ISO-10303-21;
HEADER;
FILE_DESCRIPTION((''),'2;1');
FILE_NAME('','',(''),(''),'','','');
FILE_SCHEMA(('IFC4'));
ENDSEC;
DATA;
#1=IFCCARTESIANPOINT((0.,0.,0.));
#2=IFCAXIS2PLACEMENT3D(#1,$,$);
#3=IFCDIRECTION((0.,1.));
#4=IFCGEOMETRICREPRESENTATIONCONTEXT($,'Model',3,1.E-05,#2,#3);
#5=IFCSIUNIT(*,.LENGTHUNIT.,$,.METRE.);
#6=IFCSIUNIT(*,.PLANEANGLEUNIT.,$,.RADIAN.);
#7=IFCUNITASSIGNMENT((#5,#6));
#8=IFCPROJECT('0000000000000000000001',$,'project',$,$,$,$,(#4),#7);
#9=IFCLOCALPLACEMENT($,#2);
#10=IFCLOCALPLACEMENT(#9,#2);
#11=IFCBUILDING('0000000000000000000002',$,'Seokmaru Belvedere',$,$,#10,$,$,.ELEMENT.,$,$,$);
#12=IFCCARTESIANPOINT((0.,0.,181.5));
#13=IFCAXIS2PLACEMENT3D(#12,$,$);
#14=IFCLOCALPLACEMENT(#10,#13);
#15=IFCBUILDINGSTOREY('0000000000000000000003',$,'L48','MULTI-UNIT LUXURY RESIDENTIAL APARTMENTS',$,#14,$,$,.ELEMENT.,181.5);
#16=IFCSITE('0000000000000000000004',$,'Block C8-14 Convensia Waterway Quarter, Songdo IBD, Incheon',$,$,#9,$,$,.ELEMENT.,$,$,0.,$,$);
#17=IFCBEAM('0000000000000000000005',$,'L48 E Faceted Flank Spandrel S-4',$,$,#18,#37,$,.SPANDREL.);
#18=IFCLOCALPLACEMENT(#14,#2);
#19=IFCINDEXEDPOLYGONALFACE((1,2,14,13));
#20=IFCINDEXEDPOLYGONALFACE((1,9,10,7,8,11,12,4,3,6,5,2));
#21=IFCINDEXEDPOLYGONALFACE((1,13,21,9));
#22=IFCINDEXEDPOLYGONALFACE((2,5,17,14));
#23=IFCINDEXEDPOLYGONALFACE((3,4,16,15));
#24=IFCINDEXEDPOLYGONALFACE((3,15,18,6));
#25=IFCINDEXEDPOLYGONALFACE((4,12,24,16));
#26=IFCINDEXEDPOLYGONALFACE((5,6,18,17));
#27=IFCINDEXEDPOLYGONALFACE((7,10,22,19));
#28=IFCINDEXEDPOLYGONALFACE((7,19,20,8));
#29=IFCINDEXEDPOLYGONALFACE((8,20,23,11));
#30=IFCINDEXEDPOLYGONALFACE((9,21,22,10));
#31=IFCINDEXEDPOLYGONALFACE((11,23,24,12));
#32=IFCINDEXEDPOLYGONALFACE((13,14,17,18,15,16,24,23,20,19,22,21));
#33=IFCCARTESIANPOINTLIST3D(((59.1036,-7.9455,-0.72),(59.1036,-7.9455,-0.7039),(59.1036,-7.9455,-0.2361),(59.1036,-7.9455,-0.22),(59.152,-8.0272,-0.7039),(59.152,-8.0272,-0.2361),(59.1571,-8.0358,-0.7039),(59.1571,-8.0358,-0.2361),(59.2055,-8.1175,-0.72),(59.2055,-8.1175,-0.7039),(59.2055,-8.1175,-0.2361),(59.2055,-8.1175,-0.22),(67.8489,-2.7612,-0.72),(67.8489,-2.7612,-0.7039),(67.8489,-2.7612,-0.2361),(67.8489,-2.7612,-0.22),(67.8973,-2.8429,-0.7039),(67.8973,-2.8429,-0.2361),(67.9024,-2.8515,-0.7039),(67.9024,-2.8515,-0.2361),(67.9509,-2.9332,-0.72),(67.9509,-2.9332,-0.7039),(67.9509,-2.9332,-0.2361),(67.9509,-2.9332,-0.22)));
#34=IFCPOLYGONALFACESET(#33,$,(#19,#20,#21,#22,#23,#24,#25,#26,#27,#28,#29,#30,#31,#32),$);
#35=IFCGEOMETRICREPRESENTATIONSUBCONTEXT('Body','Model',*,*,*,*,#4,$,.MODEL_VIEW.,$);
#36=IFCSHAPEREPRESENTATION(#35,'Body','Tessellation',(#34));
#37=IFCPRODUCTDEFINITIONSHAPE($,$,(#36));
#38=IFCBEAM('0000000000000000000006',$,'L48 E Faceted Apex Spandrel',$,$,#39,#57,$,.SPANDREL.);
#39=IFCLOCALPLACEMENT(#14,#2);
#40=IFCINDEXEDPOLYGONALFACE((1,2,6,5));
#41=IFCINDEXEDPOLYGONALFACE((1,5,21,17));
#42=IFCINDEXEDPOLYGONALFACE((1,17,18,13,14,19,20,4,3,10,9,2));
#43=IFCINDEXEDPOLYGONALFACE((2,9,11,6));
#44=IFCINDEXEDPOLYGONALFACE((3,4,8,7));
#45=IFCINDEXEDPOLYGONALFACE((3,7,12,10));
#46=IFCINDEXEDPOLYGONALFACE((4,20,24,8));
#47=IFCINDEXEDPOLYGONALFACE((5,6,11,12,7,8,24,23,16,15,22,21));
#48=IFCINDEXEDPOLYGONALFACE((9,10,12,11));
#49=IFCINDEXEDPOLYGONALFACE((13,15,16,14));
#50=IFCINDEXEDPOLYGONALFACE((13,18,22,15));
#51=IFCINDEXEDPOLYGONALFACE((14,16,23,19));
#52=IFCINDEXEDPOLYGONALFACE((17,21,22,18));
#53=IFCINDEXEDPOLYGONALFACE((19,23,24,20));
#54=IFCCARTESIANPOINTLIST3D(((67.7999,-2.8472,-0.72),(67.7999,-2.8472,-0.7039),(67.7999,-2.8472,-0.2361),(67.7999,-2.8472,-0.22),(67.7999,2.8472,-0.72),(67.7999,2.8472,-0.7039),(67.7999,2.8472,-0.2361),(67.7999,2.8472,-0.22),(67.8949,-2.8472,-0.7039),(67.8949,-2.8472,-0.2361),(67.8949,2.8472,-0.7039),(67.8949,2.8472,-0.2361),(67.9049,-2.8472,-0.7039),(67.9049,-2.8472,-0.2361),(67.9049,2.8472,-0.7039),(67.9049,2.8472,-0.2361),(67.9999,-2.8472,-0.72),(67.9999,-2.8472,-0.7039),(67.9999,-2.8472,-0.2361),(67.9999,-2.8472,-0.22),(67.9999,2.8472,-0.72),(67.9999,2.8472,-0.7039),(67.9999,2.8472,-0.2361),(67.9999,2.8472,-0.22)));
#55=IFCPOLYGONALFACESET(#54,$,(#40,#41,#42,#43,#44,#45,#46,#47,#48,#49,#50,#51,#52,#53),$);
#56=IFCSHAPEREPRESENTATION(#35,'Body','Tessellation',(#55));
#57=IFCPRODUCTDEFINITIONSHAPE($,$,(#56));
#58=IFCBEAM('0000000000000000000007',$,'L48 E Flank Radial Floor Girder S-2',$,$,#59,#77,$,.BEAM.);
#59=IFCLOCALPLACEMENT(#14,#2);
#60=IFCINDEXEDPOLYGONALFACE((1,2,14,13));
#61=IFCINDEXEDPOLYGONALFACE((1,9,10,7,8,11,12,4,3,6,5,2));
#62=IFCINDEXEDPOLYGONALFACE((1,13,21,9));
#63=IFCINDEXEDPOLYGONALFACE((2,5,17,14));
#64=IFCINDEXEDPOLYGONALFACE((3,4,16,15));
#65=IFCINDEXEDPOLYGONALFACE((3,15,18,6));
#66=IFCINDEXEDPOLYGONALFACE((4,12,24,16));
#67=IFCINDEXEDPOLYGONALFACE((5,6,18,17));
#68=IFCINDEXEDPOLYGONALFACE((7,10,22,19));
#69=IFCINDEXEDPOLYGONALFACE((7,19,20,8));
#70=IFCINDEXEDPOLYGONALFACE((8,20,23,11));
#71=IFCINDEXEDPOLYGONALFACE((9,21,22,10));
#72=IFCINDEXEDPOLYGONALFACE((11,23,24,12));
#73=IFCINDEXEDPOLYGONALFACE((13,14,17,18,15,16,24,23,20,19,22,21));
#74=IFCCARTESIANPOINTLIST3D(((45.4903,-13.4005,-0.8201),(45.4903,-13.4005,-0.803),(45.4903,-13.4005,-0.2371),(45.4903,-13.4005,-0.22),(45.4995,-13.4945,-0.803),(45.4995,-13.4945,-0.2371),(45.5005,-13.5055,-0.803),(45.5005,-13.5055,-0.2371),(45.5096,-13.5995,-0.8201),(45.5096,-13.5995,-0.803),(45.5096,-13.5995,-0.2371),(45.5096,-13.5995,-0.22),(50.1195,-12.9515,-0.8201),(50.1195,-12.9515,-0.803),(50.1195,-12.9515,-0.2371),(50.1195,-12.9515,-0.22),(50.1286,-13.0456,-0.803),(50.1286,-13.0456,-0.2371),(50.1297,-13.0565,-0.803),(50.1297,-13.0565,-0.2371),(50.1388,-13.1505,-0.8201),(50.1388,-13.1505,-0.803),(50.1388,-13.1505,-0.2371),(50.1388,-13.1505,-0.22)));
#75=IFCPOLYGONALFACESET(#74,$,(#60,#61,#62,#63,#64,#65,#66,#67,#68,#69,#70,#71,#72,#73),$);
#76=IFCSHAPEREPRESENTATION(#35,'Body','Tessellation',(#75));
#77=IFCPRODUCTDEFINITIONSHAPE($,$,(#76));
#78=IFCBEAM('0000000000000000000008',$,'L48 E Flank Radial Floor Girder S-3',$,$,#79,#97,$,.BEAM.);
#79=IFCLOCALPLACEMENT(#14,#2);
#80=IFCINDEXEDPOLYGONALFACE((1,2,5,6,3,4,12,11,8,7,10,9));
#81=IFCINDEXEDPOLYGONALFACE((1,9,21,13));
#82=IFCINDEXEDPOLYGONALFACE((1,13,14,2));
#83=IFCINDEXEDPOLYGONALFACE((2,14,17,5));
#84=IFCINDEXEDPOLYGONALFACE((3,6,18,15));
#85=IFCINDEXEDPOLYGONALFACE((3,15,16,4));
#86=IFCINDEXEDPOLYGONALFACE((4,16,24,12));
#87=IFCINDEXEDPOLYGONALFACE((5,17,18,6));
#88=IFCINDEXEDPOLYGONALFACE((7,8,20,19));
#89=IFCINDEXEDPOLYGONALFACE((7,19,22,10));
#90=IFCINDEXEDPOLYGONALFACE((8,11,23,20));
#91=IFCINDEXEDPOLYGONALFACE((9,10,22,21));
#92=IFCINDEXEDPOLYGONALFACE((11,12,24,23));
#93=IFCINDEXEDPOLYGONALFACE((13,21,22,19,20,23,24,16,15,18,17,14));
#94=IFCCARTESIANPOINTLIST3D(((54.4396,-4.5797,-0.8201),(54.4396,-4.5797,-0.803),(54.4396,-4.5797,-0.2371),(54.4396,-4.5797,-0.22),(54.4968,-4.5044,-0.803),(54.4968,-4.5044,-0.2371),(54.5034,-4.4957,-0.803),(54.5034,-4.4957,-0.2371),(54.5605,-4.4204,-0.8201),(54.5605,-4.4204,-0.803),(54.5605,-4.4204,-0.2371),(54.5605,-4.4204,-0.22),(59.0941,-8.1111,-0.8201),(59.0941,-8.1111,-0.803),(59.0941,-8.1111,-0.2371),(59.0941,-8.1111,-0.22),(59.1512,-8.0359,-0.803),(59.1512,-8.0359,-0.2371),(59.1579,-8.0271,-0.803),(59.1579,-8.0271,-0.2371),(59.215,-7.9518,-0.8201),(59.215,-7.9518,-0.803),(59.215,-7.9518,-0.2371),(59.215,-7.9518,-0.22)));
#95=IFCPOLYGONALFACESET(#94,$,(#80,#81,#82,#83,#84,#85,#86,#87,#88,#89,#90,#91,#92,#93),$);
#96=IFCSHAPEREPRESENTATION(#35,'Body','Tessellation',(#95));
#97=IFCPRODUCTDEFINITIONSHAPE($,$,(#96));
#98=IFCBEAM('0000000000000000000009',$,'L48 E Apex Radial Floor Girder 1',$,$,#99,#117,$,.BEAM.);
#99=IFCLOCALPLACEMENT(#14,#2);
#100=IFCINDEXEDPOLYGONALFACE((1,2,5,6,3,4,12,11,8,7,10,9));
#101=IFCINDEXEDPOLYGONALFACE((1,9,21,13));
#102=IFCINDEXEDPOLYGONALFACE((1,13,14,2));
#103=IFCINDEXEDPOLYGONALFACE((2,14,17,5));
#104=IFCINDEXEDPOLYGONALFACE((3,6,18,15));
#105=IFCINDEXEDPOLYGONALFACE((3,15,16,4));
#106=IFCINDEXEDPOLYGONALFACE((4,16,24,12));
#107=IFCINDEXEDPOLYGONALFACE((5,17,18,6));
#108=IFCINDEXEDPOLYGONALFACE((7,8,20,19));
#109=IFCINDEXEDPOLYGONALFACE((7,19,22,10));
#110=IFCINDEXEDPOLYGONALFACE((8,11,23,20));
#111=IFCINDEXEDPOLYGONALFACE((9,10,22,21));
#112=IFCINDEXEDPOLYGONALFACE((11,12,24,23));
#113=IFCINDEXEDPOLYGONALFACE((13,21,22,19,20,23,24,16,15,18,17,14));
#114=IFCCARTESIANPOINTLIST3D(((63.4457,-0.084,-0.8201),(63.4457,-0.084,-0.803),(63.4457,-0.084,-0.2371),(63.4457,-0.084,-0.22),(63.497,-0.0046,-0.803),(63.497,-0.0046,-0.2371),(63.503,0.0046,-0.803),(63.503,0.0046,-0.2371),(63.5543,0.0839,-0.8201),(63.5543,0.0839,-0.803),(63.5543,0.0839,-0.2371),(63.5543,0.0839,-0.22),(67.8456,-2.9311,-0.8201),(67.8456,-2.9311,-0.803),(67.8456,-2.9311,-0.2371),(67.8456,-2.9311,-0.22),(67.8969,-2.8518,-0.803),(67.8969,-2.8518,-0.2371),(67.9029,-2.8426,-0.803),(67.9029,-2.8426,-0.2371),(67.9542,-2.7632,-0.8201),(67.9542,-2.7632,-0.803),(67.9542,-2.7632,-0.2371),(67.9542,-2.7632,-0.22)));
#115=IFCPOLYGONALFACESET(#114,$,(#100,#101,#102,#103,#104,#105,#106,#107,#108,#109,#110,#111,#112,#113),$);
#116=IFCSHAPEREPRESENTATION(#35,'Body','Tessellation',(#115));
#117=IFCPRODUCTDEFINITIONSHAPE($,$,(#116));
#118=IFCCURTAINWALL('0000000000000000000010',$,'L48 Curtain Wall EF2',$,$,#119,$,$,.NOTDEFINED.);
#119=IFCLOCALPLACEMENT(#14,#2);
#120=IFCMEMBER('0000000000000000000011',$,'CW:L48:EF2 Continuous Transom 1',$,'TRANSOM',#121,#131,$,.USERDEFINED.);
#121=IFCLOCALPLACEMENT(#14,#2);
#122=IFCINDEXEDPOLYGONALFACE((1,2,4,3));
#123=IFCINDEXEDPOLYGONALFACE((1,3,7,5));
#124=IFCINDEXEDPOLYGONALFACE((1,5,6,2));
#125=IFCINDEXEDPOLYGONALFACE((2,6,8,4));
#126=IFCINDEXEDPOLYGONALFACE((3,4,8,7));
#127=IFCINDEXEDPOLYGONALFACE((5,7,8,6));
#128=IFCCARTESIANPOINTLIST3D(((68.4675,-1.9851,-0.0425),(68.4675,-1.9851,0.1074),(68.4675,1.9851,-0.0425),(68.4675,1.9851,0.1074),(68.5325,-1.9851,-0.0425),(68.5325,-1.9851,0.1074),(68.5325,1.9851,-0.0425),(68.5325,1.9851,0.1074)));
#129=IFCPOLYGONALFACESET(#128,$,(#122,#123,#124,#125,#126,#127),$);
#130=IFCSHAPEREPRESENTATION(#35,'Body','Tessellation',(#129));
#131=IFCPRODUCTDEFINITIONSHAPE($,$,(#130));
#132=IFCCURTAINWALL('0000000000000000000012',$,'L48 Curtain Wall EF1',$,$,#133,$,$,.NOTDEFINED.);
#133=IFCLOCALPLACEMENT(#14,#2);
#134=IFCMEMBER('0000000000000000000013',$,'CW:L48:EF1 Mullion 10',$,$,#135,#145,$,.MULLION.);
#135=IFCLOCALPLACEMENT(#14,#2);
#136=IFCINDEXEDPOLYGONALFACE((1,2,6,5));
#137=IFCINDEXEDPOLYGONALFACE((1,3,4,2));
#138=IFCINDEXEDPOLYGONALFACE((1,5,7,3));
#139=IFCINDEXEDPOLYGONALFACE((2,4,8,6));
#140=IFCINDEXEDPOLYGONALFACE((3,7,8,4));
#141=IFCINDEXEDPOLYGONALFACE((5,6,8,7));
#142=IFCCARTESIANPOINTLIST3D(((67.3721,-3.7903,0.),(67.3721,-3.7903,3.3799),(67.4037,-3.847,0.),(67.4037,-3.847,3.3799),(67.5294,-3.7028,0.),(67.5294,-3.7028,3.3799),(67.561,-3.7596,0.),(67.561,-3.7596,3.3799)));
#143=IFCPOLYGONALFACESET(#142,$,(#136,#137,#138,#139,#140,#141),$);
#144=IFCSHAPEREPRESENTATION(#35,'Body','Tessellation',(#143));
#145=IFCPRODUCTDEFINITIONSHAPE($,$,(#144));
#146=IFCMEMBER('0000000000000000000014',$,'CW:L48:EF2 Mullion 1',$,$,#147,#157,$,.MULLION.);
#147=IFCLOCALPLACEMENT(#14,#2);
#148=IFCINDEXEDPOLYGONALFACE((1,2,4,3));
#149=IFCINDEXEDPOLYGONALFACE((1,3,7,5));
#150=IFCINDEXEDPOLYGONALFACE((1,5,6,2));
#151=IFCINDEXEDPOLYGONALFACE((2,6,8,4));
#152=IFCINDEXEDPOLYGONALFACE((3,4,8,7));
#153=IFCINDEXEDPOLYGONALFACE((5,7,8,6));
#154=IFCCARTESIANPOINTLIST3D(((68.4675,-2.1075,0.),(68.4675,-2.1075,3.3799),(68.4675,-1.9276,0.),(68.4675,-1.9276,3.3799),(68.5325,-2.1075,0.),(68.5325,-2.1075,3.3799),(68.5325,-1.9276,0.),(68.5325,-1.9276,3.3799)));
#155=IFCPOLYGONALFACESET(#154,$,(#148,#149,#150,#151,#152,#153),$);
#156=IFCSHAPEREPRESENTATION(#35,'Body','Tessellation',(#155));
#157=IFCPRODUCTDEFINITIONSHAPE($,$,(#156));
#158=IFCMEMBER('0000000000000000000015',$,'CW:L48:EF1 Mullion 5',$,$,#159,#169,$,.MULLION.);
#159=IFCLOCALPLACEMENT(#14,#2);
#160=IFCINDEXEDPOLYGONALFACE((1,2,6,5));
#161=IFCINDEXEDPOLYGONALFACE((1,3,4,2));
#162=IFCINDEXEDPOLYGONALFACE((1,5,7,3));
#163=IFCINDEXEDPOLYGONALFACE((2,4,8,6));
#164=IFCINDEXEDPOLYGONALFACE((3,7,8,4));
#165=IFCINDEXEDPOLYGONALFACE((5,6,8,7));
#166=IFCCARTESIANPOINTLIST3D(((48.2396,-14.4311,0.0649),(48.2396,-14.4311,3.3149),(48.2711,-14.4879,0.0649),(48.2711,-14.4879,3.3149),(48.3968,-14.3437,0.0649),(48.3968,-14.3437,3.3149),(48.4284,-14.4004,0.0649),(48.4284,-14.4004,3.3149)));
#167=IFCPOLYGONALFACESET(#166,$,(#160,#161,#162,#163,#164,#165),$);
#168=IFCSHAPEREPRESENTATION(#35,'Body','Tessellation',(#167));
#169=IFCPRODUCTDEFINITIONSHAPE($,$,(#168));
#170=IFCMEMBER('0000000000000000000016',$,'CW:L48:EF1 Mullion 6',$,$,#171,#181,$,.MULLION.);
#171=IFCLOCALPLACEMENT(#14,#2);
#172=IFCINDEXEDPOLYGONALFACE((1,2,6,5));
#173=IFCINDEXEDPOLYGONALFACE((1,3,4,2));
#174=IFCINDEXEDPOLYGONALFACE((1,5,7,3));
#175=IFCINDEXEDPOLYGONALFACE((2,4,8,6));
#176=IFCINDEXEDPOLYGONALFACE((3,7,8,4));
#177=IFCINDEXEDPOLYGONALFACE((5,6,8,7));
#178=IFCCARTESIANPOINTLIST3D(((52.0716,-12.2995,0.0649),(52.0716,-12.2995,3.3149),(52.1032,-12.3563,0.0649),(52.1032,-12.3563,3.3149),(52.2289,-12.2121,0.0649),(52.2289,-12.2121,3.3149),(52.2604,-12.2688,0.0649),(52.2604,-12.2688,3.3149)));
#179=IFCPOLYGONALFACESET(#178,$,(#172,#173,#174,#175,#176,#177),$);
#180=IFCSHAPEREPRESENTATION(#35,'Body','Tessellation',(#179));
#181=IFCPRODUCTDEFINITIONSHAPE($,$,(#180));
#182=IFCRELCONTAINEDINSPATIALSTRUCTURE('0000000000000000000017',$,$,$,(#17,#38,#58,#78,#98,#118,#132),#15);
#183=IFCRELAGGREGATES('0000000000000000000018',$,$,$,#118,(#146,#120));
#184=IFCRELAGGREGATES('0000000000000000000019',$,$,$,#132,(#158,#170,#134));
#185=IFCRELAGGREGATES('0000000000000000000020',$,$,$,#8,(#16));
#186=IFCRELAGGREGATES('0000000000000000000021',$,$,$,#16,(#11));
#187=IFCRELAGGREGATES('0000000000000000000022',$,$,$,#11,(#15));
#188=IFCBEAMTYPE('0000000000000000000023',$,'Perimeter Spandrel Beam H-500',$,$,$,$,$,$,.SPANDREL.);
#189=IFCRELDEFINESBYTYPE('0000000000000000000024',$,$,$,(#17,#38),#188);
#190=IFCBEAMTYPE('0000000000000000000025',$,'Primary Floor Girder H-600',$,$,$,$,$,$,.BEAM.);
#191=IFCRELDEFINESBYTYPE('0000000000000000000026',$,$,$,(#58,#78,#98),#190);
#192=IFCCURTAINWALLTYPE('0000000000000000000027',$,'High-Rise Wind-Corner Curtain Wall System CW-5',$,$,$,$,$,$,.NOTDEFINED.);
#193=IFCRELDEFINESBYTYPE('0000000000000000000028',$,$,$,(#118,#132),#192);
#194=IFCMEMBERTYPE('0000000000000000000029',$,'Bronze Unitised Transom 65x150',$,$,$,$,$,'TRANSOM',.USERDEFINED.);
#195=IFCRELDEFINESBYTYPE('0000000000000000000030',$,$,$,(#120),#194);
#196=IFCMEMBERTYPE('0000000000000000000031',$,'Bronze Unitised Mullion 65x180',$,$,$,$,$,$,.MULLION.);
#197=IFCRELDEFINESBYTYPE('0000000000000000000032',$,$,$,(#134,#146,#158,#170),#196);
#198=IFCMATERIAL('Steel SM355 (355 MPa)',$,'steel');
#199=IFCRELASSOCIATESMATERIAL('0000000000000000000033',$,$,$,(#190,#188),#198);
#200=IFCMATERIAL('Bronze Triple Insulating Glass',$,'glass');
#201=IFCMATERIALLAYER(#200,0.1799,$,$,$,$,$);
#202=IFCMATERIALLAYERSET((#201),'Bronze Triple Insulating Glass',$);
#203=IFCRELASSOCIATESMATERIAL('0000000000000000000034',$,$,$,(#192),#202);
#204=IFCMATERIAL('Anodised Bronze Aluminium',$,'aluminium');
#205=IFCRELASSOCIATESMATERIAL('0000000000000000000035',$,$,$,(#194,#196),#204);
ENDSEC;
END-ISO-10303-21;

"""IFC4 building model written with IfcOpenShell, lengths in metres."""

from ifc_helpers import new_model, si_unit, direction, frame, origin, origin_2d, place, context, subcontext, project, spatial, rectangle, i_section, extrude, source, transform, mapped, material, layer, layer_set, material_profile, profile_set, type_object, type_shapes, element, aggregate, save


model = new_model("IFC4")

# Units and contexts
model_context = context("Model", 3, precision=1e-05, world=origin(), true_north=direction((0.0, 1.0)))
body_context = subcontext(model_context, "Body", "Model", "MODEL_VIEW")
ifc_project = project(units=[si_unit("LENGTHUNIT", "METRE"), si_unit("PLANEANGLEUNIT", "RADIAN")], contexts=[model_context])

# Site, building, storey
site_placement = place(None, origin())
site = spatial("IfcSite", under=ifc_project, at=site_placement, Name="Block C8-14 Convensia Waterway Quarter, Songdo IBD, Incheon", CompositionType="ELEMENT", RefElevation=0.0)
building_placement = place(site_placement, origin())
building = spatial("IfcBuilding", under=site, at=building_placement, Name="Seokmaru Belvedere", CompositionType="ELEMENT")
storey_placement = place(building_placement, frame((0.0, 0.0, 181.5)))
storey = spatial("IfcBuildingStorey", under=building, at=storey_placement, Name="L48", Description="MULTI-UNIT LUXURY RESIDENTIAL APARTMENTS", CompositionType="ELEMENT", Elevation=181.5)

# Shared definitions
ifc_material_1 = material(Name="Steel SM355 (355 MPa)", Category="steel")

# Beams
ifc_material_profile_1 = material_profile(ifc_material_1, i_section(OverallWidth=0.2, OverallDepth=0.6001, WebThickness=0.011, FlangeThickness=0.0171, at=origin_2d()), Name="H-600x200x11x17")
ifc_profile_set_1 = profile_set([ifc_material_profile_1], Name="Steel SM355 (355 MPa)")
beam_type_1 = type_object("IfcBeamType", Name="Primary Floor Girder H-600", PredefinedType="BEAM", material=ifc_profile_set_1)
ifc_material_profile_2 = material_profile(ifc_material_1, i_section(OverallWidth=0.2, OverallDepth=0.5, WebThickness=0.01, FlangeThickness=0.0161, at=origin_2d()), Name="H-500x200x10x16")
ifc_profile_set_2 = profile_set([ifc_material_profile_2], Name="Steel SM355 (355 MPa)")
beam_type_2 = type_object("IfcBeamType", Name="Perimeter Spandrel Beam H-500", PredefinedType="SPANDREL", material=ifc_profile_set_2)
shared_shape_1 = source(origin(), body_context, "Body", "SweptSolid", [
    extrude(i_section(OverallWidth=0.2, OverallDepth=0.5, WebThickness=0.01, FlangeThickness=0.0161, at=origin_2d()), origin(), (0.0, 0.0, 1.0), 10.1665),
])
beam_1_placement = place(storey_placement, frame((59.1545, -8.0315, -0.47), z_axis=(0.86021, 0.50994, 0.0), x_axis=(-0.50994, 0.86021, 0.0)))
element("IfcBeam", 1, at=beam_1_placement, inside=storey, type_object=beam_type_2, Name="L48 E Faceted Flank Spandrel S-4", PredefinedType="SPANDREL", context=body_context, shape_type="MappedRepresentation", body=[
    mapped(shared_shape_1, transform((0.0, 0.0, 0.0), scale=1.0)),
])
shared_shape_2 = source(origin(), body_context, "Body", "SweptSolid", [
    extrude(i_section(OverallWidth=0.2, OverallDepth=0.5, WebThickness=0.01, FlangeThickness=0.0161, at=origin_2d()), origin(), (0.0, 0.0, 1.0), 5.6943),
])
beam_2_placement = place(storey_placement, frame((67.8999, -2.8472, -0.47), z_axis=(0.0, 1.0, 0.0), x_axis=(-1.0, 0.0, 0.0)))
element("IfcBeam", 2, at=beam_2_placement, inside=storey, type_object=beam_type_2, Name="L48 E Faceted Apex Spandrel", PredefinedType="SPANDREL", context=body_context, shape_type="MappedRepresentation", body=[
    mapped(shared_shape_2, transform((0.0, 0.0, 0.0), scale=1.0)),
])
shared_shape_3 = source(origin(), body_context, "Body", "SweptSolid", [
    extrude(i_section(OverallWidth=0.2, OverallDepth=0.6001, WebThickness=0.011, FlangeThickness=0.0171, at=origin_2d()), origin(), (0.0, 0.0, 1.0), 4.6509),
])
beam_3_placement = place(storey_placement, frame((50.1292, -13.051, -0.52), z_axis=(-0.99533, -0.096536, 0.0), x_axis=(0.096536, -0.99533, 0.0)))
element("IfcBeam", 3, at=beam_3_placement, inside=storey, type_object=beam_type_1, Name="L48 E Flank Radial Floor Girder S-2", PredefinedType="BEAM", context=body_context, shape_type="MappedRepresentation", body=[
    mapped(shared_shape_3, transform((0.0, 0.0, 0.0), scale=1.0)),
])
shared_shape_4 = source(origin(), body_context, "Body", "SweptSolid", [
    extrude(i_section(OverallWidth=0.2, OverallDepth=0.6001, WebThickness=0.011, FlangeThickness=0.0171, at=origin_2d()), origin(), (0.0, 0.0, 1.0), 5.8425),
])
beam_4_placement = place(storey_placement, frame((59.1545, -8.0315, -0.52), z_axis=(-0.796653, 0.604437, 0.0), x_axis=(-0.604437, -0.796653, 0.0)))
element("IfcBeam", 4, at=beam_4_placement, inside=storey, type_object=beam_type_1, Name="L48 E Flank Radial Floor Girder S-3", PredefinedType="BEAM", context=body_context, shape_type="MappedRepresentation", body=[
    mapped(shared_shape_4, transform((0.0, 0.0, 0.0), scale=1.0)),
])
shared_shape_5 = source(origin(), body_context, "Body", "SweptSolid", [
    extrude(i_section(OverallWidth=0.2, OverallDepth=0.6001, WebThickness=0.011, FlangeThickness=0.0171, at=origin_2d()), origin(), (0.0, 0.0, 1.0), 5.2407),
])
beam_5_placement = place(storey_placement, frame((67.8999, -2.8472, -0.52), z_axis=(-0.839555, 0.543274, 0.0), x_axis=(-0.543274, -0.839555, 0.0)))
element("IfcBeam", 5, at=beam_5_placement, inside=storey, type_object=beam_type_1, Name="L48 E Apex Radial Floor Girder 1", PredefinedType="BEAM", context=body_context, shape_type="MappedRepresentation", body=[
    mapped(shared_shape_5, transform((0.0, 0.0, 0.0), scale=1.0)),
])

# Curtain walls, members
ifc_material_2 = material(Name="Bronze Triple Insulating Glass", Category="glass")
ifc_layer_1 = layer(ifc_material_2, 0.1799)
ifc_layer_set_1 = layer_set([ifc_layer_1], Name="Bronze Triple Insulating Glass")
curtain_wall_type = type_object("IfcCurtainWallType", Name="High-Rise Wind-Corner Curtain Wall System CW-5", PredefinedType="NOTDEFINED", material=ifc_layer_set_1)
curtain_wall_1_placement = place(storey_placement, origin())
curtain_wall_1 = element("IfcCurtainWall", 6, at=curtain_wall_1_placement, inside=storey, type_object=curtain_wall_type, Name="L48 Curtain Wall EF2", PredefinedType="NOTDEFINED")
ifc_material_3 = material(Name="Anodised Bronze Aluminium", Category="aluminium")
ifc_material_profile_3 = material_profile(ifc_material_3, rectangle(XDim=0.0649, YDim=0.1499, at=origin_2d()), Name="CW-T-65x150")
ifc_profile_set_3 = profile_set([ifc_material_profile_3], Name="Anodised Bronze Aluminium")
member_type_1 = type_object("IfcMemberType", Name="Bronze Unitised Transom 65x150", ElementType="TRANSOM", PredefinedType="USERDEFINED", material=ifc_profile_set_3)
shared_shape_6 = source(origin(), body_context, "Body", "SweptSolid", [
    extrude(rectangle(XDim=0.0649, YDim=0.1499, at=origin_2d()), origin(), (0.0, 0.0, 1.0), 3.9702),
])
type_shapes(member_type_1, [shared_shape_6])
member_1_placement = place(storey_placement, frame((68.5, -1.9851, 0.0325), z_axis=(0.0, 1.0, 0.0), x_axis=(-1.0, 0.0, 0.0)))
member_1 = element("IfcMember", 7, at=member_1_placement, type_object=member_type_1, Name="CW:L48:EF2 Continuous Transom 1", ObjectType="TRANSOM", PredefinedType="USERDEFINED", context=body_context, shape_type="MappedRepresentation", body=[
    mapped(shared_shape_6, transform((0.0, 0.0, 0.0), scale=1.0)),
])
curtain_wall_2_placement = place(storey_placement, origin())
curtain_wall_2 = element("IfcCurtainWall", 8, at=curtain_wall_2_placement, inside=storey, type_object=curtain_wall_type, Name="L48 Curtain Wall EF1", PredefinedType="NOTDEFINED")
ifc_material_profile_4 = material_profile(ifc_material_3, rectangle(XDim=0.0649, YDim=0.1799, at=origin_2d()), Name="CW-M-65x180")
ifc_profile_set_4 = profile_set([ifc_material_profile_4], Name="Anodised Bronze Aluminium")
member_type_2 = type_object("IfcMemberType", Name="Bronze Unitised Mullion 65x180", PredefinedType="MULLION", material=ifc_profile_set_4)
shared_shape_7 = source(origin(), body_context, "Body", "SweptSolid", [
    extrude(rectangle(XDim=0.0649, YDim=0.1799, at=origin_2d()), origin(), (0.0, 0.0, 1.0), 3.3799),
])
member_2_placement = place(storey_placement, frame((67.4666, -3.7749, 0.0), z_axis=(0.0, 0.0, 1.0), x_axis=(-0.486047, 0.873933, 0.0)))
member_2 = element("IfcMember", 9, at=member_2_placement, type_object=member_type_2, Name="CW:L48:EF1 Mullion 10", PredefinedType="MULLION", context=body_context, shape_type="MappedRepresentation", body=[
    mapped(shared_shape_7, transform((0.0, 0.0, 0.0), scale=1.0)),
])

# Members
member_3_placement = place(storey_placement, frame((68.5, -2.0176, 0.0), z_axis=(0.0, 0.0, 1.0), x_axis=(-1.0, 0.0, 0.0)))
member_3 = element("IfcMember", 10, at=member_3_placement, type_object=member_type_2, Name="CW:L48:EF2 Mullion 1", PredefinedType="MULLION", context=body_context, shape_type="MappedRepresentation", body=[
    mapped(shared_shape_7, transform((0.0, 0.0, 0.0), scale=1.0)),
])
aggregate(curtain_wall_1, [member_3, member_1])
shared_shape_8 = source(origin(), body_context, "Body", "SweptSolid", [
    extrude(rectangle(XDim=0.0649, YDim=0.1799, at=origin_2d()), origin(), (0.0, 0.0, 1.0), 3.25),
])
type_shapes(member_type_2, [shared_shape_7, shared_shape_8])
member_4_placement = place(storey_placement, frame((48.334, -14.4158, 0.0649), z_axis=(0.0, 0.0, 1.0), x_axis=(-0.486047, 0.873933, 0.0)))
member_4 = element("IfcMember", 11, at=member_4_placement, type_object=member_type_2, Name="CW:L48:EF1 Mullion 5", PredefinedType="MULLION", context=body_context, shape_type="MappedRepresentation", body=[
    mapped(shared_shape_8, transform((0.0, 0.0, 0.0), scale=1.0)),
])
member_5_placement = place(storey_placement, frame((52.166, -12.2842, 0.0649), z_axis=(0.0, 0.0, 1.0), x_axis=(-0.486047, 0.873933, 0.0)))
member_5 = element("IfcMember", 12, at=member_5_placement, type_object=member_type_2, Name="CW:L48:EF1 Mullion 6", PredefinedType="MULLION", context=body_context, shape_type="MappedRepresentation", body=[
    mapped(shared_shape_8, transform((0.0, 0.0, 0.0), scale=1.0)),
])

aggregate(curtain_wall_2, [member_4, member_5, member_2])

save(model, "model.ifc")
